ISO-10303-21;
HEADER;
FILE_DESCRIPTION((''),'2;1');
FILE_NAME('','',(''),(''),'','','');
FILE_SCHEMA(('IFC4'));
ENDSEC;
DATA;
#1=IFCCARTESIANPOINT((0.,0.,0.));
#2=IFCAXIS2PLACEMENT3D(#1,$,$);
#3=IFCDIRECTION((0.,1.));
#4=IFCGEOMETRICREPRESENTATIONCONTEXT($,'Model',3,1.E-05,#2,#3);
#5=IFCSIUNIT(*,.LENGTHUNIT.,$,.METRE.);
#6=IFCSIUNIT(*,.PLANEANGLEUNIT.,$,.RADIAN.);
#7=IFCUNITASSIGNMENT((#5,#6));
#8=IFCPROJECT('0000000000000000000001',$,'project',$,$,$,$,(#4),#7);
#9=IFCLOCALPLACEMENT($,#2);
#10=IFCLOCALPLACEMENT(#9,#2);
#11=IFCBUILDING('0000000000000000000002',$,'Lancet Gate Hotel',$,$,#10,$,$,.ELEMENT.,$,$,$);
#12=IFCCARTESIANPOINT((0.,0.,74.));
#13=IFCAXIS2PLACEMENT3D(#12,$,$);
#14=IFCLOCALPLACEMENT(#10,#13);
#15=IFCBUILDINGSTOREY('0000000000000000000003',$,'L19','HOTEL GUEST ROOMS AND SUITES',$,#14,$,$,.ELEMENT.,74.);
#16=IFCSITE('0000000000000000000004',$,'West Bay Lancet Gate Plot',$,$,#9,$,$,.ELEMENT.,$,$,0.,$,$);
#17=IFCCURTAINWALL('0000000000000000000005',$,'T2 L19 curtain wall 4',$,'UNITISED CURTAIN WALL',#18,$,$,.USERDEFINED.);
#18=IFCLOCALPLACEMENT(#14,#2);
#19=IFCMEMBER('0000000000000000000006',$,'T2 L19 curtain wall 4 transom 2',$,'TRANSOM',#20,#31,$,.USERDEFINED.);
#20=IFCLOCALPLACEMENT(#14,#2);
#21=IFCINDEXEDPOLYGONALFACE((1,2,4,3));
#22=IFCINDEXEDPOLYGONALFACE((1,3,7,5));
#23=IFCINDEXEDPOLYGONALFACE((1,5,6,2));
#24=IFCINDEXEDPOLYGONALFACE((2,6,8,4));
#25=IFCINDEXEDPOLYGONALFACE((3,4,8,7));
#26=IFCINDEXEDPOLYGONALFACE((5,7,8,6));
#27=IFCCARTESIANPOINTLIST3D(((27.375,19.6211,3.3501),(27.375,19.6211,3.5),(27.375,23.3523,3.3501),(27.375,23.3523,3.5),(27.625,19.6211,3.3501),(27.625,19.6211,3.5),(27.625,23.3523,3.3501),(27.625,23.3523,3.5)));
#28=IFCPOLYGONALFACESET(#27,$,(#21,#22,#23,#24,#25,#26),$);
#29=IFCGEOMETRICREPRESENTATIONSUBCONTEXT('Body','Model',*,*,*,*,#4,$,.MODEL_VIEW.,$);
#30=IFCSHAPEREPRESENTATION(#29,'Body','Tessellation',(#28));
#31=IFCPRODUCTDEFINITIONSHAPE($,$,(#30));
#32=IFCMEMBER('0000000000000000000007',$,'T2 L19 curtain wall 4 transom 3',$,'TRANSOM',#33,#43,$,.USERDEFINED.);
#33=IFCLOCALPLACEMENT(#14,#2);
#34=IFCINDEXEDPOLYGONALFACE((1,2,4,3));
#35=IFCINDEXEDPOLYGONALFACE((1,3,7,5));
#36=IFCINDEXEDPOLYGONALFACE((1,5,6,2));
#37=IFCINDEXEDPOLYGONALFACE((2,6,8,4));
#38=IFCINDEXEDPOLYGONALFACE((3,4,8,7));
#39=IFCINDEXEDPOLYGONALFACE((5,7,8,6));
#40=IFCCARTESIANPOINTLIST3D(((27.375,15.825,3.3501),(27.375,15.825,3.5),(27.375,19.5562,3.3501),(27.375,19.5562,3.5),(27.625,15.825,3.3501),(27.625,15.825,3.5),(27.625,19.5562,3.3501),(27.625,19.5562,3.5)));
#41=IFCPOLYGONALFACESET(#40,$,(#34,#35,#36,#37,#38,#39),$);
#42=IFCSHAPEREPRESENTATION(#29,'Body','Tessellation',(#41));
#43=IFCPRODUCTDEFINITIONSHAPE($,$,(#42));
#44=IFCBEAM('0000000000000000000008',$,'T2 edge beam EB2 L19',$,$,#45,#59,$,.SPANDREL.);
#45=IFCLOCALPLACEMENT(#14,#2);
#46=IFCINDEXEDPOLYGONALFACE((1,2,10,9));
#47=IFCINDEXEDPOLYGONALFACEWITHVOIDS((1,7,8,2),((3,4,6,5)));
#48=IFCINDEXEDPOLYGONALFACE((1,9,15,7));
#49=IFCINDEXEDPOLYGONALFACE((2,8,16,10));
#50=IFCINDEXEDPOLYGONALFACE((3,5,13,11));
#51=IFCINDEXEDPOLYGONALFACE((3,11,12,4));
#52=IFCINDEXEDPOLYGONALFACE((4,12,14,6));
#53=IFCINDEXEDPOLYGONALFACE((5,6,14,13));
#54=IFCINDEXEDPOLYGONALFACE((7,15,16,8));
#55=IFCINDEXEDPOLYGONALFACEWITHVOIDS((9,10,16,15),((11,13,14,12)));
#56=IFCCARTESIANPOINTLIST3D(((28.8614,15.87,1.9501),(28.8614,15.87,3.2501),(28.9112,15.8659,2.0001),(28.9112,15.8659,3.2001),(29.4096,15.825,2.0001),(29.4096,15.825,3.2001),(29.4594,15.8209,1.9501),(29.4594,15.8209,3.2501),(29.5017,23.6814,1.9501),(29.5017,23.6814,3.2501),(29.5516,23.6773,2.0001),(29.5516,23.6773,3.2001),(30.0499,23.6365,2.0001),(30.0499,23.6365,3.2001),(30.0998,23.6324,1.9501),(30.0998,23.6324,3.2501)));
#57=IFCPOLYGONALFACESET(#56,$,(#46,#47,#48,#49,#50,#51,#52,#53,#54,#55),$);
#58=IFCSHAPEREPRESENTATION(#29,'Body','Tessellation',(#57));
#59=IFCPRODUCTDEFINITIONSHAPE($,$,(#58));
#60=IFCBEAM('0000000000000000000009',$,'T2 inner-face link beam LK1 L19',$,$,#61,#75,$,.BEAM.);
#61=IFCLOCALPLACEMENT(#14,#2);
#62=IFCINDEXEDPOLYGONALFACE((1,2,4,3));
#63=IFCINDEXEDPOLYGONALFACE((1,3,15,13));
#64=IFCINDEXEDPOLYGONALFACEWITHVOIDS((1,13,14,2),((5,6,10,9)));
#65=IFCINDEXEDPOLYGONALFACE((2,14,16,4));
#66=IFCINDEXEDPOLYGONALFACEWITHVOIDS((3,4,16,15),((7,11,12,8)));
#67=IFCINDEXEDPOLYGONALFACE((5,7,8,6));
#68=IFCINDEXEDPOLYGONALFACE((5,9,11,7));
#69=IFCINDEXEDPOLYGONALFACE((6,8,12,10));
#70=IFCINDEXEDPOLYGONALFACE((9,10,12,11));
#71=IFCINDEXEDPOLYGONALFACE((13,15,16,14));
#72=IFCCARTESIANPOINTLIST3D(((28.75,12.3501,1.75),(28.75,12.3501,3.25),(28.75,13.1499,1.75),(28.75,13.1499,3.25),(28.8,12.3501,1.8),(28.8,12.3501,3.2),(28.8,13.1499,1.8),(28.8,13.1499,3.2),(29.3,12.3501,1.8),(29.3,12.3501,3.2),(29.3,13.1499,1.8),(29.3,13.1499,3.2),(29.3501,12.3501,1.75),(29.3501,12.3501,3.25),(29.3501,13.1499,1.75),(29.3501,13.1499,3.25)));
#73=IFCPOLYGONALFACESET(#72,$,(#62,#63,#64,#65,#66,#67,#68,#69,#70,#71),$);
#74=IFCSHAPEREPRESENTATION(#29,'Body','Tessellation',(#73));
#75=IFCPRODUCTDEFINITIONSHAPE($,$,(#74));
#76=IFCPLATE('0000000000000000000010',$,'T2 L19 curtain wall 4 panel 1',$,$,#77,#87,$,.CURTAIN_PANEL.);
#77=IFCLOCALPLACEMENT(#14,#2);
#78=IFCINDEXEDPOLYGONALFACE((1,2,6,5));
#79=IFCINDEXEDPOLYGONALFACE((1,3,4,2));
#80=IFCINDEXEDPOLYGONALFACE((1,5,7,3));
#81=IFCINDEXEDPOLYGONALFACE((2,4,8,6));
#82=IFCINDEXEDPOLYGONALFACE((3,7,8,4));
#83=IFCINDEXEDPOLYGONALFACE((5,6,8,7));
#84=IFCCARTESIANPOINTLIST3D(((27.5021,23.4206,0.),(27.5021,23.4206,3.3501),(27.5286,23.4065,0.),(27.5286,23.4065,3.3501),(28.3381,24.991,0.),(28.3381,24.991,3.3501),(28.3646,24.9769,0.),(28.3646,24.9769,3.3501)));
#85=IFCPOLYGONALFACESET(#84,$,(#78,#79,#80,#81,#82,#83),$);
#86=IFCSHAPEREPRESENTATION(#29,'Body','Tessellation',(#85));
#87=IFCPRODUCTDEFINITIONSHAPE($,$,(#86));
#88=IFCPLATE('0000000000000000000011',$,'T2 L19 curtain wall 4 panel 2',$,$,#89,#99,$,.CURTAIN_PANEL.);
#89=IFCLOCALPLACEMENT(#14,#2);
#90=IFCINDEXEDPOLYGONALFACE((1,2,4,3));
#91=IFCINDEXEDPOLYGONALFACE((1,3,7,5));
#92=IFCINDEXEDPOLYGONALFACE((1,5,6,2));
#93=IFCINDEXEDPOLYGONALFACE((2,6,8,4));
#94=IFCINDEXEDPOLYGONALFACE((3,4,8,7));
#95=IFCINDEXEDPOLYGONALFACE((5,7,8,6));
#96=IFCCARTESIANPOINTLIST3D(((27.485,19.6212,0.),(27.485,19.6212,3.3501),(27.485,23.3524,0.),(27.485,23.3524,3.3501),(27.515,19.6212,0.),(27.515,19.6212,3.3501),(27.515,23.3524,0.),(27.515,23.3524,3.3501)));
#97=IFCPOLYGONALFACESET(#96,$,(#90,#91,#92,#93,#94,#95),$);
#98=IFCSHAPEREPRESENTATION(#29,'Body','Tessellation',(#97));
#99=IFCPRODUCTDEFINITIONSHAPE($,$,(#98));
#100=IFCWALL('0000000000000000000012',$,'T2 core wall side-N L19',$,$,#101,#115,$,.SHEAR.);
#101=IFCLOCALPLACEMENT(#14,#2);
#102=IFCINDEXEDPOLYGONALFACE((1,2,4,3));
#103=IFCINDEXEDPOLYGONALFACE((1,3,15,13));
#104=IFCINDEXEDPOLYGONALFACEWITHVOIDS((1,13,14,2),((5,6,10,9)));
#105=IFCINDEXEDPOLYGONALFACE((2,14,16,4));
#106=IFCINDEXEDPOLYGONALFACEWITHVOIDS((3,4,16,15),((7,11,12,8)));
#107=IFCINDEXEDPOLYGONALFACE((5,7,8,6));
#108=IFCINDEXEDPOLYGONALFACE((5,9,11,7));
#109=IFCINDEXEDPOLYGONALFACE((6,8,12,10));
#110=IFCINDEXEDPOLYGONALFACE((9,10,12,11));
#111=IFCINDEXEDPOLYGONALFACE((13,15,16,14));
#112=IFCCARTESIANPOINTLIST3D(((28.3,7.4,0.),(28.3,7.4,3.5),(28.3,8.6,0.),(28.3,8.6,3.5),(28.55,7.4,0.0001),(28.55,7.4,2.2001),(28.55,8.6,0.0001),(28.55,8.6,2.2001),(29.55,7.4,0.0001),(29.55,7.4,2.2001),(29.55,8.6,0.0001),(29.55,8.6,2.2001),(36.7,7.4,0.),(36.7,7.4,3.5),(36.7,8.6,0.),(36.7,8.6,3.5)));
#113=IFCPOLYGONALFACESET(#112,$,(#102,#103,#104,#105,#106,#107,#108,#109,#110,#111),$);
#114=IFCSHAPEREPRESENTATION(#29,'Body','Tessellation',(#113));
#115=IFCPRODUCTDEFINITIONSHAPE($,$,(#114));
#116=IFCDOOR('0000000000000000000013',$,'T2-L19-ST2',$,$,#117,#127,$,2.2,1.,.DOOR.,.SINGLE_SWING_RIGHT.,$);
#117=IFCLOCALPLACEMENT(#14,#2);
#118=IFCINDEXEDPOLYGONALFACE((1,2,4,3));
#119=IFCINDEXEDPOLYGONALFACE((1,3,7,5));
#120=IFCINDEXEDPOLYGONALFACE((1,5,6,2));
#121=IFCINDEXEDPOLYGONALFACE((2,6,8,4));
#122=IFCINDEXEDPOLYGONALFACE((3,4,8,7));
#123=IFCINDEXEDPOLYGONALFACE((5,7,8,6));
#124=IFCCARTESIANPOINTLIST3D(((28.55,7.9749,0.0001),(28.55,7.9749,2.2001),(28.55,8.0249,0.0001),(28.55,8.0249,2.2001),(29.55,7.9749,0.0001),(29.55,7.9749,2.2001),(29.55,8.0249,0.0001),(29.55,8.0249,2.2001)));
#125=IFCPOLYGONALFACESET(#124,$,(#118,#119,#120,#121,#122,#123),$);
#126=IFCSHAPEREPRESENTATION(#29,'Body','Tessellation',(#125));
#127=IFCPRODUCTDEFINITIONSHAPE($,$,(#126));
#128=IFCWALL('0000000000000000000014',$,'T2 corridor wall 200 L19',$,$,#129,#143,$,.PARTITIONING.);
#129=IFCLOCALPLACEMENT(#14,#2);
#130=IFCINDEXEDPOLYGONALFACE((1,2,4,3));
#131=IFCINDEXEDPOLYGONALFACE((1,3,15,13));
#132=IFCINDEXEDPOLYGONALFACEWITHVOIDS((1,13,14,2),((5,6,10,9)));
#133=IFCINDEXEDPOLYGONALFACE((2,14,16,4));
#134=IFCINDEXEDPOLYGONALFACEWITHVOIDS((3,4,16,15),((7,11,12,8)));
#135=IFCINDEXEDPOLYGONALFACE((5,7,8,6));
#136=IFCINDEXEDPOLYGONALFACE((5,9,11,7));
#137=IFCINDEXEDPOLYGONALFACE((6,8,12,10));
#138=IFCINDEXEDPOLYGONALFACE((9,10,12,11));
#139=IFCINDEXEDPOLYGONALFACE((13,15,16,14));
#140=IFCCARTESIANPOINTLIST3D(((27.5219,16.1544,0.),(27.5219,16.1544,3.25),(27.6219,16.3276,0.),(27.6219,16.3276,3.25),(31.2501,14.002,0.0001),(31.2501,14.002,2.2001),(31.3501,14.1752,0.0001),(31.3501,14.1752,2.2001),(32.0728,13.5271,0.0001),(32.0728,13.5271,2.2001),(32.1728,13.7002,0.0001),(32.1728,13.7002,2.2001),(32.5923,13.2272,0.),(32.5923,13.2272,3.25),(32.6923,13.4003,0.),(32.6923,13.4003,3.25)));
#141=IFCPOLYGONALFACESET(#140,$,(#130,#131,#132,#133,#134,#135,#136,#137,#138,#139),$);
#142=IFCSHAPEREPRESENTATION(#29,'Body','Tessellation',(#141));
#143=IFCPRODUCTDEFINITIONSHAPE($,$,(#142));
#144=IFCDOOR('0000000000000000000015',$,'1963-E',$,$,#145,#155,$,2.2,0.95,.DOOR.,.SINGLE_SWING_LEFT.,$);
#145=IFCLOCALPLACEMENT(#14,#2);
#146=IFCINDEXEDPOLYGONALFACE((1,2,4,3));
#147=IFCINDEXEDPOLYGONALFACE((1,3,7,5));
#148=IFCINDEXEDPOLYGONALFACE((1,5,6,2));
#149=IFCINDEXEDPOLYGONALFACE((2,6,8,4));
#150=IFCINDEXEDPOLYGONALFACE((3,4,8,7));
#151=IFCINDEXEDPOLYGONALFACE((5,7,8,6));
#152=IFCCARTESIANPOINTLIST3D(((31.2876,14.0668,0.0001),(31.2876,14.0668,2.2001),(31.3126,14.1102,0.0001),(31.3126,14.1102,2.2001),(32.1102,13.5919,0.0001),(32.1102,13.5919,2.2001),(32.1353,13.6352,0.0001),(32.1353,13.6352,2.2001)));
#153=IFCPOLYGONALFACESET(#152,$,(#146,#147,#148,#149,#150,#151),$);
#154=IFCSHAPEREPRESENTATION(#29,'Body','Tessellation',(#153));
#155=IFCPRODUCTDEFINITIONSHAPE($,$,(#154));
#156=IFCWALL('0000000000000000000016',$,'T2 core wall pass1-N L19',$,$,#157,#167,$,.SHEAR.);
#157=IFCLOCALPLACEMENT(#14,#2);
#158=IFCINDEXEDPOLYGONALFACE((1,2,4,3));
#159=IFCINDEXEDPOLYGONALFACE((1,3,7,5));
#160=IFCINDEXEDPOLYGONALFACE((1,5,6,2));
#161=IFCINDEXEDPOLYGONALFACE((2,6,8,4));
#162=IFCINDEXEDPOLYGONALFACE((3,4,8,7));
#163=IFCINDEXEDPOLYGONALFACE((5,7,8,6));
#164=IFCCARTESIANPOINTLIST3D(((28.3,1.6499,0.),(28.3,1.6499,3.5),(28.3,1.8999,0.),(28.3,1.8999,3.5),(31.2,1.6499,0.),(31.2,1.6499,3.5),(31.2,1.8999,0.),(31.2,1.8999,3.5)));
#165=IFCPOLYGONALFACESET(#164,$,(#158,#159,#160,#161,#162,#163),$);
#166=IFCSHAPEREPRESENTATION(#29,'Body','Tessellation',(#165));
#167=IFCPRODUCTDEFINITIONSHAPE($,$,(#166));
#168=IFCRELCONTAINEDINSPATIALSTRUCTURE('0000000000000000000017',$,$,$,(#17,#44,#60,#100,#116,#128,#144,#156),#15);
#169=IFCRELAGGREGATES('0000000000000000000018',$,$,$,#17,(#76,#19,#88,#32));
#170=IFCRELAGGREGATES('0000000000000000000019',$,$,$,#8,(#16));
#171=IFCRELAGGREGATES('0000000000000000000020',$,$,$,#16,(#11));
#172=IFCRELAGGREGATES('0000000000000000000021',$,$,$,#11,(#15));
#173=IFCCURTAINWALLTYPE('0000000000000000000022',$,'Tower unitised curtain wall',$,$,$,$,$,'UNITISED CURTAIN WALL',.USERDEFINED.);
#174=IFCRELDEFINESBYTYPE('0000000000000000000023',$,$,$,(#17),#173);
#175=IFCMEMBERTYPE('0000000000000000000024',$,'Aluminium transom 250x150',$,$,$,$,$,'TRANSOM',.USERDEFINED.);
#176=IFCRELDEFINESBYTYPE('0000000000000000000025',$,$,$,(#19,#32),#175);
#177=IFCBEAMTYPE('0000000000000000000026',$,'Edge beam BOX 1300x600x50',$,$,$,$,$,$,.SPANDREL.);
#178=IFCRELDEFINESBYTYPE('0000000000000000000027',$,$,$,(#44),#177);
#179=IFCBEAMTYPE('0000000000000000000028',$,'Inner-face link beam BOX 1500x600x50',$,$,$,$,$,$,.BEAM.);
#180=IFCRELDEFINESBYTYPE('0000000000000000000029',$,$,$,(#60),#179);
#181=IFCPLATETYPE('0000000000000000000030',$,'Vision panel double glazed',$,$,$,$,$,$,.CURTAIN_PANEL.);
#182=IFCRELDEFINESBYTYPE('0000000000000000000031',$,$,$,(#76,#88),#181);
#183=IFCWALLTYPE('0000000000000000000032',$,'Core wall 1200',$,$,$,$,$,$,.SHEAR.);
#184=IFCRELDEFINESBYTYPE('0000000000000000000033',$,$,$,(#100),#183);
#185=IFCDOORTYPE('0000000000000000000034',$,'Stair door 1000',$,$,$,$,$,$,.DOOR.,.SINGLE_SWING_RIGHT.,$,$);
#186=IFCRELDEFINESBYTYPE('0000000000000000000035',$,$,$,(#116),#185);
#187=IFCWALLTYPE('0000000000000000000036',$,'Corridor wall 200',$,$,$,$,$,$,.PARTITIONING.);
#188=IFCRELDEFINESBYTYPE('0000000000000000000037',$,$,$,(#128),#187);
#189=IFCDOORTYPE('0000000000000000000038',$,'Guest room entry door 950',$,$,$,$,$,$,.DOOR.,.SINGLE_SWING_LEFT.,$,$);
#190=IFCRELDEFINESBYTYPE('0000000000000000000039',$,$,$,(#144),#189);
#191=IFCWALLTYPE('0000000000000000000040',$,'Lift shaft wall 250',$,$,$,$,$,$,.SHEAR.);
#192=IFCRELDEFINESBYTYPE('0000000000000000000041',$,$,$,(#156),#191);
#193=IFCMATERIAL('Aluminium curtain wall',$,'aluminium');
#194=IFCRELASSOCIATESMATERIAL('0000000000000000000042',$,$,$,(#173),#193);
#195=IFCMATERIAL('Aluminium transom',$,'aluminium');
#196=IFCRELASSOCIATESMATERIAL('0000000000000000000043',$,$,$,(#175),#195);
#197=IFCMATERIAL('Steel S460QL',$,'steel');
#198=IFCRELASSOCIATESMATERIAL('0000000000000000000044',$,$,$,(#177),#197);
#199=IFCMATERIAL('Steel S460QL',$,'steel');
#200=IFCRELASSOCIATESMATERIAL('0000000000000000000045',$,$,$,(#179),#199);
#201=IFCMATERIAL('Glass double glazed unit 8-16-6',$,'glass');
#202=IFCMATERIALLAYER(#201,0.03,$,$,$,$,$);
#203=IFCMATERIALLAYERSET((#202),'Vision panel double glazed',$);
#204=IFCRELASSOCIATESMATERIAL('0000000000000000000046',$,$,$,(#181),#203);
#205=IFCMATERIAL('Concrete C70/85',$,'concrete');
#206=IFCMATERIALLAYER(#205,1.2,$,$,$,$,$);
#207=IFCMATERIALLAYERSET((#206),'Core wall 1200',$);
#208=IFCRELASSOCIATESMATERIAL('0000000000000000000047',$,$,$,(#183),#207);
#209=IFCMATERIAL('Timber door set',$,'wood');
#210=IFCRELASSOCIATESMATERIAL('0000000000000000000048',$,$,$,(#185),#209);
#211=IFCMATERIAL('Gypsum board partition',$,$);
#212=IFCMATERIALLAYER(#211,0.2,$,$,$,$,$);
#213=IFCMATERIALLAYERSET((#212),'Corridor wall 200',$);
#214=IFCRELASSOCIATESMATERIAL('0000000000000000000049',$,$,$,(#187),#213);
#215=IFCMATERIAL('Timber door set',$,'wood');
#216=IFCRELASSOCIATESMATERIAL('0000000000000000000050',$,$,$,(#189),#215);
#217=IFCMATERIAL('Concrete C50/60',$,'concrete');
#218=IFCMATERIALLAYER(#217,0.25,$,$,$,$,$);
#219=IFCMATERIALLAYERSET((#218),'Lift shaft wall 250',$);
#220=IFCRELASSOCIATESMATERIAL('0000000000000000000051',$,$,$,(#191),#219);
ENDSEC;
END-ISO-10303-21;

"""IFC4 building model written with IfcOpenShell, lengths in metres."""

from ifc_helpers import new_model, si_unit, direction, frame, frame_2d, origin, origin_2d, place, context, subcontext, project, spatial, rectangle, hollow_rectangle, extrude, material, layer, layer_set, material_profile, profile_set, type_object, element, fill, aggregate, save


model = new_model("IFC4")

# Units and contexts
model_context = context("Model", 3, precision=1e-05, world=origin(), true_north=direction((0.0, 1.0)))
body_context = subcontext(model_context, "Body", "Model", "MODEL_VIEW")
ifc_project = project(units=[si_unit("LENGTHUNIT", "METRE"), si_unit("PLANEANGLEUNIT", "RADIAN")], contexts=[model_context])

# Site, building, storey
site_placement = place(None, origin())
site = spatial("IfcSite", under=ifc_project, at=site_placement, Name="West Bay Lancet Gate Plot", CompositionType="ELEMENT", RefElevation=0.0)
building_placement = place(site_placement, origin())
building = spatial("IfcBuilding", under=site, at=building_placement, Name="Lancet Gate Hotel", CompositionType="ELEMENT")
storey_placement = place(building_placement, frame((0.0, 0.0, 74.0)))
storey = spatial("IfcBuildingStorey", under=building, at=storey_placement, Name="L19", Description="HOTEL GUEST ROOMS AND SUITES", CompositionType="ELEMENT", Elevation=74.0)

# Curtain wall, members
ifc_material_1 = material(Name="Aluminium curtain wall", Category="aluminium")
curtain_wall_type = type_object("IfcCurtainWallType", Name="Tower unitised curtain wall", ElementType="UNITISED CURTAIN WALL", PredefinedType="USERDEFINED", material=ifc_material_1)
curtain_wall_placement = place(storey_placement, origin())
curtain_wall = element("IfcCurtainWall", 1, at=curtain_wall_placement, inside=storey, type_object=curtain_wall_type, Name="T2 L19 curtain wall 4", ObjectType="UNITISED CURTAIN WALL", PredefinedType="USERDEFINED")
ifc_material_2 = material(Name="Aluminium transom", Category="aluminium")
ifc_material_profile_1 = material_profile(ifc_material_2, rectangle(XDim=0.25, YDim=0.1499, at=origin_2d()), Name="TRANSOM 250x150")
ifc_profile_set_1 = profile_set([ifc_material_profile_1], Name="Aluminium transom")
member_type_1 = type_object("IfcMemberType", Name="Aluminium transom 250x150", ElementType="TRANSOM", PredefinedType="USERDEFINED", material=ifc_profile_set_1)
member_1_placement = place(storey_placement, frame((27.5, 23.3523, 3.425), z_axis=(0.0, -1.0, 0.0), x_axis=(1.0, 0.0, 0.0)))
member_1 = element("IfcMember", 2, at=member_1_placement, type_object=member_type_1, Name="T2 L19 curtain wall 4 transom 2", ObjectType="TRANSOM", PredefinedType="USERDEFINED", context=body_context, shape_type="SweptSolid", body=[
    extrude(rectangle(XDim=0.25, YDim=0.1499, at=origin_2d()), origin(), (0.0, 0.0, 1.0), 3.7312),
])
member_2_placement = place(storey_placement, frame((27.5, 19.5562, 3.425), z_axis=(0.0, -1.0, 0.0), x_axis=(1.0, 0.0, 0.0)))
member_2 = element("IfcMember", 3, at=member_2_placement, type_object=member_type_1, Name="T2 L19 curtain wall 4 transom 3", ObjectType="TRANSOM", PredefinedType="USERDEFINED", context=body_context, shape_type="SweptSolid", body=[
    extrude(rectangle(XDim=0.25, YDim=0.1499, at=origin_2d()), origin(), (0.0, 0.0, 1.0), 3.7312),
])

# Beams
ifc_material_3 = material(Name="Steel S460QL", Category="steel")
ifc_material_profile_2 = material_profile(ifc_material_3, hollow_rectangle(XDim=0.6001, YDim=1.3, WallThickness=0.05, at=origin_2d()), Name="BOX 1300x600x50")
ifc_profile_set_2 = profile_set([ifc_material_profile_2], Name="Steel S460QL")
beam_type_1 = type_object("IfcBeamType", Name="Edge beam BOX 1300x600x50", PredefinedType="SPANDREL", material=ifc_profile_set_2)
beam_1_placement = place(storey_placement, frame((29.1604, 15.8455, 2.6001), z_axis=(0.081705, 0.996657, 0.0), x_axis=(-0.996657, 0.081705, 0.0)))
element("IfcBeam", 4, at=beam_1_placement, inside=storey, type_object=beam_type_1, Name="T2 edge beam EB2 L19", PredefinedType="SPANDREL", context=body_context, shape_type="SweptSolid", body=[
    extrude(hollow_rectangle(XDim=0.6001, YDim=1.3, WallThickness=0.05, at=origin_2d()), origin(), (0.0, 0.0, 1.0), 7.8376),
])
ifc_material_4 = material(Name="Steel S460QL", Category="steel")
ifc_material_profile_3 = material_profile(ifc_material_4, hollow_rectangle(XDim=0.6001, YDim=1.5, WallThickness=0.05, at=origin_2d()), Name="BOX 1500x600x50")
ifc_profile_set_3 = profile_set([ifc_material_profile_3], Name="Steel S460QL")
beam_type_2 = type_object("IfcBeamType", Name="Inner-face link beam BOX 1500x600x50", PredefinedType="BEAM", material=ifc_profile_set_3)
beam_2_placement = place(storey_placement, frame((29.05, 12.3501, 2.5), z_axis=(0.0, 1.0, 0.0), x_axis=(-1.0, 0.0, 0.0)))
element("IfcBeam", 5, at=beam_2_placement, inside=storey, type_object=beam_type_2, Name="T2 inner-face link beam LK1 L19", PredefinedType="BEAM", context=body_context, shape_type="SweptSolid", body=[
    extrude(hollow_rectangle(XDim=0.6001, YDim=1.5, WallThickness=0.05, at=origin_2d()), origin(), (0.0, 0.0, 1.0), 0.7998),
])

# Plates
ifc_material_5 = material(Name="Glass double glazed unit 8-16-6", Category="glass")
ifc_layer_1 = layer(ifc_material_5, 0.03)
ifc_layer_set_1 = layer_set([ifc_layer_1], Name="Vision panel double glazed")
plate_type = type_object("IfcPlateType", Name="Vision panel double glazed", PredefinedType="CURTAIN_PANEL", material=ifc_layer_set_1)
plate_1_placement = place(storey_placement, frame((27.9333, 24.1987, 0.0), z_axis=(0.0, 0.0, 1.0), x_axis=(-0.469898, -0.882721, 0.0)))
plate_1 = element("IfcPlate", 6, at=plate_1_placement, type_object=plate_type, Name="T2 L19 curtain wall 4 panel 1", PredefinedType="CURTAIN_PANEL", context=body_context, shape_type="SweptSolid", body=[
    extrude(rectangle(XDim=1.7791, YDim=0.03, at=origin_2d()), origin(), (0.0, 0.0, 1.0), 3.3501),
])
plate_2_placement = place(storey_placement, frame((27.5, 21.4868, 0.0), z_axis=(0.0, 0.0, 1.0), x_axis=(0.0, -1.0, 0.0)))
plate_2 = element("IfcPlate", 7, at=plate_2_placement, type_object=plate_type, Name="T2 L19 curtain wall 4 panel 2", PredefinedType="CURTAIN_PANEL", context=body_context, shape_type="SweptSolid", body=[
    extrude(rectangle(XDim=3.7312, YDim=0.03, at=origin_2d()), origin(), (0.0, 0.0, 1.0), 3.3501),
])
aggregate(curtain_wall, [plate_1, member_1, plate_2, member_2])

# Walls, openings, doors
ifc_material_6 = material(Name="Concrete C70/85", Category="concrete")
ifc_layer_2 = layer(ifc_material_6, 1.2)
ifc_layer_set_2 = layer_set([ifc_layer_2], Name="Core wall 1200")
wall_type_1 = type_object("IfcWallType", Name="Core wall 1200", PredefinedType="SHEAR", material=ifc_layer_set_2)
wall_1_placement = place(storey_placement, frame((28.3, 8.0, 0.0), z_axis=(0.0, 0.0, 1.0), x_axis=(1.0, 0.0, 0.0)))
wall_1 = element("IfcWall", 8, at=wall_1_placement, inside=storey, type_object=wall_type_1, Name="T2 core wall side-N L19", PredefinedType="SHEAR", context=body_context, shape_type="SweptSolid", body=[
    extrude(rectangle(XDim=8.3999, YDim=1.2, at=frame_2d((4.2, 0.0))), origin(), (0.0, 0.0, 1.0), 3.5),
])
opening_1_placement = place(wall_1_placement, frame((0.25, 0.0, 0.0)))
opening_1 = element("IfcOpeningElement", 9, at=opening_1_placement, cuts=wall_1, PredefinedType="OPENING", context=body_context, shape_type="SweptSolid", body=[
    extrude(rectangle(XDim=1.0, YDim=2.2, at=frame_2d((0.5, 1.1001))), frame((0.0, 0.6099, 0.0), z_axis=(0.0, -1.0, 0.0), x_axis=(1.0, 0.0, 0.0)), (0.0, 0.0, 1.0), 1.22),
])
ifc_material_7 = material(Name="Timber door set", Category="wood")
door_type_1 = type_object("IfcDoorType", Name="Stair door 1000", OperationType="SINGLE_SWING_RIGHT", PredefinedType="DOOR", material=ifc_material_7)
door_1_placement = place(opening_1_placement, origin())
door_1 = element("IfcDoor", 10, at=door_1_placement, inside=storey, type_object=door_type_1, Name="T2-L19-ST2", OperationType="SINGLE_SWING_RIGHT", OverallHeight=2.2, OverallWidth=1.0, PredefinedType="DOOR", context=body_context, shape_type="SweptSolid", body=[
    extrude(rectangle(XDim=1.0, YDim=2.2, at=frame_2d((0.5, 1.1001))), frame((0.0, 0.0249, 0.0), z_axis=(0.0, -1.0, 0.0), x_axis=(1.0, 0.0, 0.0)), (0.0, 0.0, 1.0), 0.05),
])
fill(opening_1, door_1)
ifc_material_8 = material(Name="Gypsum board partition")
ifc_layer_3 = layer(ifc_material_8, 0.2)
ifc_layer_set_3 = layer_set([ifc_layer_3], Name="Corridor wall 200")
wall_type_2 = type_object("IfcWallType", Name="Corridor wall 200", PredefinedType="PARTITIONING", material=ifc_layer_set_3)
wall_2_placement = place(storey_placement, frame((27.572, 16.241, 0.0), z_axis=(0.0, 0.0, 1.0), x_axis=(0.866033, -0.499987, 0.0)))
wall_2 = element("IfcWall", 11, at=wall_2_placement, inside=storey, type_object=wall_type_2, Name="T2 corridor wall 200 L19", PredefinedType="PARTITIONING", context=body_context, shape_type="SweptSolid", body=[
    extrude(rectangle(XDim=5.8547, YDim=0.2, at=frame_2d((2.9272, 0.0))), origin(), (0.0, 0.0, 1.0), 3.25),
])
opening_2_placement = place(wall_2_placement, frame((4.3047, 0.0, 0.0)))
opening_2 = element("IfcOpeningElement", 12, at=opening_2_placement, cuts=wall_2, PredefinedType="OPENING", context=body_context, shape_type="SweptSolid", body=[
    extrude(rectangle(XDim=0.95, YDim=2.2, at=frame_2d((0.4751, 1.1001))), frame((0.0, 0.1099, 0.0), z_axis=(0.0, -1.0, 0.0), x_axis=(1.0, 0.0, 0.0)), (0.0, 0.0, 1.0), 0.22),
])
ifc_material_9 = material(Name="Timber door set", Category="wood")
door_type_2 = type_object("IfcDoorType", Name="Guest room entry door 950", OperationType="SINGLE_SWING_LEFT", PredefinedType="DOOR", material=ifc_material_9)
door_2_placement = place(opening_2_placement, origin())
door_2 = element("IfcDoor", 13, at=door_2_placement, inside=storey, type_object=door_type_2, Name="1963-E", OperationType="SINGLE_SWING_LEFT", OverallHeight=2.2, OverallWidth=0.95, PredefinedType="DOOR", context=body_context, shape_type="SweptSolid", body=[
    extrude(rectangle(XDim=0.95, YDim=2.2, at=frame_2d((0.4751, 1.1001))), frame((0.0, 0.0249, 0.0), z_axis=(0.0, -1.0, 0.0), x_axis=(1.0, 0.0, 0.0)), (0.0, 0.0, 1.0), 0.05),
])
fill(opening_2, door_2)

# Wall
ifc_material_10 = material(Name="Concrete C50/60", Category="concrete")
ifc_layer_4 = layer(ifc_material_10, 0.25)
ifc_layer_set_4 = layer_set([ifc_layer_4], Name="Lift shaft wall 250")
wall_type_3 = type_object("IfcWallType", Name="Lift shaft wall 250", PredefinedType="SHEAR", material=ifc_layer_set_4)
wall_3_placement = place(storey_placement, frame((28.3, 1.7749, 0.0), z_axis=(0.0, 0.0, 1.0), x_axis=(1.0, 0.0, 0.0)))
element("IfcWall", 14, at=wall_3_placement, inside=storey, type_object=wall_type_3, Name="T2 core wall pass1-N L19", PredefinedType="SHEAR", context=body_context, shape_type="SweptSolid", body=[
    extrude(rectangle(XDim=2.8999, YDim=0.25, at=frame_2d((1.45, 0.0))), origin(), (0.0, 0.0, 1.0), 3.5),
])

save(model, "model.ifc")
